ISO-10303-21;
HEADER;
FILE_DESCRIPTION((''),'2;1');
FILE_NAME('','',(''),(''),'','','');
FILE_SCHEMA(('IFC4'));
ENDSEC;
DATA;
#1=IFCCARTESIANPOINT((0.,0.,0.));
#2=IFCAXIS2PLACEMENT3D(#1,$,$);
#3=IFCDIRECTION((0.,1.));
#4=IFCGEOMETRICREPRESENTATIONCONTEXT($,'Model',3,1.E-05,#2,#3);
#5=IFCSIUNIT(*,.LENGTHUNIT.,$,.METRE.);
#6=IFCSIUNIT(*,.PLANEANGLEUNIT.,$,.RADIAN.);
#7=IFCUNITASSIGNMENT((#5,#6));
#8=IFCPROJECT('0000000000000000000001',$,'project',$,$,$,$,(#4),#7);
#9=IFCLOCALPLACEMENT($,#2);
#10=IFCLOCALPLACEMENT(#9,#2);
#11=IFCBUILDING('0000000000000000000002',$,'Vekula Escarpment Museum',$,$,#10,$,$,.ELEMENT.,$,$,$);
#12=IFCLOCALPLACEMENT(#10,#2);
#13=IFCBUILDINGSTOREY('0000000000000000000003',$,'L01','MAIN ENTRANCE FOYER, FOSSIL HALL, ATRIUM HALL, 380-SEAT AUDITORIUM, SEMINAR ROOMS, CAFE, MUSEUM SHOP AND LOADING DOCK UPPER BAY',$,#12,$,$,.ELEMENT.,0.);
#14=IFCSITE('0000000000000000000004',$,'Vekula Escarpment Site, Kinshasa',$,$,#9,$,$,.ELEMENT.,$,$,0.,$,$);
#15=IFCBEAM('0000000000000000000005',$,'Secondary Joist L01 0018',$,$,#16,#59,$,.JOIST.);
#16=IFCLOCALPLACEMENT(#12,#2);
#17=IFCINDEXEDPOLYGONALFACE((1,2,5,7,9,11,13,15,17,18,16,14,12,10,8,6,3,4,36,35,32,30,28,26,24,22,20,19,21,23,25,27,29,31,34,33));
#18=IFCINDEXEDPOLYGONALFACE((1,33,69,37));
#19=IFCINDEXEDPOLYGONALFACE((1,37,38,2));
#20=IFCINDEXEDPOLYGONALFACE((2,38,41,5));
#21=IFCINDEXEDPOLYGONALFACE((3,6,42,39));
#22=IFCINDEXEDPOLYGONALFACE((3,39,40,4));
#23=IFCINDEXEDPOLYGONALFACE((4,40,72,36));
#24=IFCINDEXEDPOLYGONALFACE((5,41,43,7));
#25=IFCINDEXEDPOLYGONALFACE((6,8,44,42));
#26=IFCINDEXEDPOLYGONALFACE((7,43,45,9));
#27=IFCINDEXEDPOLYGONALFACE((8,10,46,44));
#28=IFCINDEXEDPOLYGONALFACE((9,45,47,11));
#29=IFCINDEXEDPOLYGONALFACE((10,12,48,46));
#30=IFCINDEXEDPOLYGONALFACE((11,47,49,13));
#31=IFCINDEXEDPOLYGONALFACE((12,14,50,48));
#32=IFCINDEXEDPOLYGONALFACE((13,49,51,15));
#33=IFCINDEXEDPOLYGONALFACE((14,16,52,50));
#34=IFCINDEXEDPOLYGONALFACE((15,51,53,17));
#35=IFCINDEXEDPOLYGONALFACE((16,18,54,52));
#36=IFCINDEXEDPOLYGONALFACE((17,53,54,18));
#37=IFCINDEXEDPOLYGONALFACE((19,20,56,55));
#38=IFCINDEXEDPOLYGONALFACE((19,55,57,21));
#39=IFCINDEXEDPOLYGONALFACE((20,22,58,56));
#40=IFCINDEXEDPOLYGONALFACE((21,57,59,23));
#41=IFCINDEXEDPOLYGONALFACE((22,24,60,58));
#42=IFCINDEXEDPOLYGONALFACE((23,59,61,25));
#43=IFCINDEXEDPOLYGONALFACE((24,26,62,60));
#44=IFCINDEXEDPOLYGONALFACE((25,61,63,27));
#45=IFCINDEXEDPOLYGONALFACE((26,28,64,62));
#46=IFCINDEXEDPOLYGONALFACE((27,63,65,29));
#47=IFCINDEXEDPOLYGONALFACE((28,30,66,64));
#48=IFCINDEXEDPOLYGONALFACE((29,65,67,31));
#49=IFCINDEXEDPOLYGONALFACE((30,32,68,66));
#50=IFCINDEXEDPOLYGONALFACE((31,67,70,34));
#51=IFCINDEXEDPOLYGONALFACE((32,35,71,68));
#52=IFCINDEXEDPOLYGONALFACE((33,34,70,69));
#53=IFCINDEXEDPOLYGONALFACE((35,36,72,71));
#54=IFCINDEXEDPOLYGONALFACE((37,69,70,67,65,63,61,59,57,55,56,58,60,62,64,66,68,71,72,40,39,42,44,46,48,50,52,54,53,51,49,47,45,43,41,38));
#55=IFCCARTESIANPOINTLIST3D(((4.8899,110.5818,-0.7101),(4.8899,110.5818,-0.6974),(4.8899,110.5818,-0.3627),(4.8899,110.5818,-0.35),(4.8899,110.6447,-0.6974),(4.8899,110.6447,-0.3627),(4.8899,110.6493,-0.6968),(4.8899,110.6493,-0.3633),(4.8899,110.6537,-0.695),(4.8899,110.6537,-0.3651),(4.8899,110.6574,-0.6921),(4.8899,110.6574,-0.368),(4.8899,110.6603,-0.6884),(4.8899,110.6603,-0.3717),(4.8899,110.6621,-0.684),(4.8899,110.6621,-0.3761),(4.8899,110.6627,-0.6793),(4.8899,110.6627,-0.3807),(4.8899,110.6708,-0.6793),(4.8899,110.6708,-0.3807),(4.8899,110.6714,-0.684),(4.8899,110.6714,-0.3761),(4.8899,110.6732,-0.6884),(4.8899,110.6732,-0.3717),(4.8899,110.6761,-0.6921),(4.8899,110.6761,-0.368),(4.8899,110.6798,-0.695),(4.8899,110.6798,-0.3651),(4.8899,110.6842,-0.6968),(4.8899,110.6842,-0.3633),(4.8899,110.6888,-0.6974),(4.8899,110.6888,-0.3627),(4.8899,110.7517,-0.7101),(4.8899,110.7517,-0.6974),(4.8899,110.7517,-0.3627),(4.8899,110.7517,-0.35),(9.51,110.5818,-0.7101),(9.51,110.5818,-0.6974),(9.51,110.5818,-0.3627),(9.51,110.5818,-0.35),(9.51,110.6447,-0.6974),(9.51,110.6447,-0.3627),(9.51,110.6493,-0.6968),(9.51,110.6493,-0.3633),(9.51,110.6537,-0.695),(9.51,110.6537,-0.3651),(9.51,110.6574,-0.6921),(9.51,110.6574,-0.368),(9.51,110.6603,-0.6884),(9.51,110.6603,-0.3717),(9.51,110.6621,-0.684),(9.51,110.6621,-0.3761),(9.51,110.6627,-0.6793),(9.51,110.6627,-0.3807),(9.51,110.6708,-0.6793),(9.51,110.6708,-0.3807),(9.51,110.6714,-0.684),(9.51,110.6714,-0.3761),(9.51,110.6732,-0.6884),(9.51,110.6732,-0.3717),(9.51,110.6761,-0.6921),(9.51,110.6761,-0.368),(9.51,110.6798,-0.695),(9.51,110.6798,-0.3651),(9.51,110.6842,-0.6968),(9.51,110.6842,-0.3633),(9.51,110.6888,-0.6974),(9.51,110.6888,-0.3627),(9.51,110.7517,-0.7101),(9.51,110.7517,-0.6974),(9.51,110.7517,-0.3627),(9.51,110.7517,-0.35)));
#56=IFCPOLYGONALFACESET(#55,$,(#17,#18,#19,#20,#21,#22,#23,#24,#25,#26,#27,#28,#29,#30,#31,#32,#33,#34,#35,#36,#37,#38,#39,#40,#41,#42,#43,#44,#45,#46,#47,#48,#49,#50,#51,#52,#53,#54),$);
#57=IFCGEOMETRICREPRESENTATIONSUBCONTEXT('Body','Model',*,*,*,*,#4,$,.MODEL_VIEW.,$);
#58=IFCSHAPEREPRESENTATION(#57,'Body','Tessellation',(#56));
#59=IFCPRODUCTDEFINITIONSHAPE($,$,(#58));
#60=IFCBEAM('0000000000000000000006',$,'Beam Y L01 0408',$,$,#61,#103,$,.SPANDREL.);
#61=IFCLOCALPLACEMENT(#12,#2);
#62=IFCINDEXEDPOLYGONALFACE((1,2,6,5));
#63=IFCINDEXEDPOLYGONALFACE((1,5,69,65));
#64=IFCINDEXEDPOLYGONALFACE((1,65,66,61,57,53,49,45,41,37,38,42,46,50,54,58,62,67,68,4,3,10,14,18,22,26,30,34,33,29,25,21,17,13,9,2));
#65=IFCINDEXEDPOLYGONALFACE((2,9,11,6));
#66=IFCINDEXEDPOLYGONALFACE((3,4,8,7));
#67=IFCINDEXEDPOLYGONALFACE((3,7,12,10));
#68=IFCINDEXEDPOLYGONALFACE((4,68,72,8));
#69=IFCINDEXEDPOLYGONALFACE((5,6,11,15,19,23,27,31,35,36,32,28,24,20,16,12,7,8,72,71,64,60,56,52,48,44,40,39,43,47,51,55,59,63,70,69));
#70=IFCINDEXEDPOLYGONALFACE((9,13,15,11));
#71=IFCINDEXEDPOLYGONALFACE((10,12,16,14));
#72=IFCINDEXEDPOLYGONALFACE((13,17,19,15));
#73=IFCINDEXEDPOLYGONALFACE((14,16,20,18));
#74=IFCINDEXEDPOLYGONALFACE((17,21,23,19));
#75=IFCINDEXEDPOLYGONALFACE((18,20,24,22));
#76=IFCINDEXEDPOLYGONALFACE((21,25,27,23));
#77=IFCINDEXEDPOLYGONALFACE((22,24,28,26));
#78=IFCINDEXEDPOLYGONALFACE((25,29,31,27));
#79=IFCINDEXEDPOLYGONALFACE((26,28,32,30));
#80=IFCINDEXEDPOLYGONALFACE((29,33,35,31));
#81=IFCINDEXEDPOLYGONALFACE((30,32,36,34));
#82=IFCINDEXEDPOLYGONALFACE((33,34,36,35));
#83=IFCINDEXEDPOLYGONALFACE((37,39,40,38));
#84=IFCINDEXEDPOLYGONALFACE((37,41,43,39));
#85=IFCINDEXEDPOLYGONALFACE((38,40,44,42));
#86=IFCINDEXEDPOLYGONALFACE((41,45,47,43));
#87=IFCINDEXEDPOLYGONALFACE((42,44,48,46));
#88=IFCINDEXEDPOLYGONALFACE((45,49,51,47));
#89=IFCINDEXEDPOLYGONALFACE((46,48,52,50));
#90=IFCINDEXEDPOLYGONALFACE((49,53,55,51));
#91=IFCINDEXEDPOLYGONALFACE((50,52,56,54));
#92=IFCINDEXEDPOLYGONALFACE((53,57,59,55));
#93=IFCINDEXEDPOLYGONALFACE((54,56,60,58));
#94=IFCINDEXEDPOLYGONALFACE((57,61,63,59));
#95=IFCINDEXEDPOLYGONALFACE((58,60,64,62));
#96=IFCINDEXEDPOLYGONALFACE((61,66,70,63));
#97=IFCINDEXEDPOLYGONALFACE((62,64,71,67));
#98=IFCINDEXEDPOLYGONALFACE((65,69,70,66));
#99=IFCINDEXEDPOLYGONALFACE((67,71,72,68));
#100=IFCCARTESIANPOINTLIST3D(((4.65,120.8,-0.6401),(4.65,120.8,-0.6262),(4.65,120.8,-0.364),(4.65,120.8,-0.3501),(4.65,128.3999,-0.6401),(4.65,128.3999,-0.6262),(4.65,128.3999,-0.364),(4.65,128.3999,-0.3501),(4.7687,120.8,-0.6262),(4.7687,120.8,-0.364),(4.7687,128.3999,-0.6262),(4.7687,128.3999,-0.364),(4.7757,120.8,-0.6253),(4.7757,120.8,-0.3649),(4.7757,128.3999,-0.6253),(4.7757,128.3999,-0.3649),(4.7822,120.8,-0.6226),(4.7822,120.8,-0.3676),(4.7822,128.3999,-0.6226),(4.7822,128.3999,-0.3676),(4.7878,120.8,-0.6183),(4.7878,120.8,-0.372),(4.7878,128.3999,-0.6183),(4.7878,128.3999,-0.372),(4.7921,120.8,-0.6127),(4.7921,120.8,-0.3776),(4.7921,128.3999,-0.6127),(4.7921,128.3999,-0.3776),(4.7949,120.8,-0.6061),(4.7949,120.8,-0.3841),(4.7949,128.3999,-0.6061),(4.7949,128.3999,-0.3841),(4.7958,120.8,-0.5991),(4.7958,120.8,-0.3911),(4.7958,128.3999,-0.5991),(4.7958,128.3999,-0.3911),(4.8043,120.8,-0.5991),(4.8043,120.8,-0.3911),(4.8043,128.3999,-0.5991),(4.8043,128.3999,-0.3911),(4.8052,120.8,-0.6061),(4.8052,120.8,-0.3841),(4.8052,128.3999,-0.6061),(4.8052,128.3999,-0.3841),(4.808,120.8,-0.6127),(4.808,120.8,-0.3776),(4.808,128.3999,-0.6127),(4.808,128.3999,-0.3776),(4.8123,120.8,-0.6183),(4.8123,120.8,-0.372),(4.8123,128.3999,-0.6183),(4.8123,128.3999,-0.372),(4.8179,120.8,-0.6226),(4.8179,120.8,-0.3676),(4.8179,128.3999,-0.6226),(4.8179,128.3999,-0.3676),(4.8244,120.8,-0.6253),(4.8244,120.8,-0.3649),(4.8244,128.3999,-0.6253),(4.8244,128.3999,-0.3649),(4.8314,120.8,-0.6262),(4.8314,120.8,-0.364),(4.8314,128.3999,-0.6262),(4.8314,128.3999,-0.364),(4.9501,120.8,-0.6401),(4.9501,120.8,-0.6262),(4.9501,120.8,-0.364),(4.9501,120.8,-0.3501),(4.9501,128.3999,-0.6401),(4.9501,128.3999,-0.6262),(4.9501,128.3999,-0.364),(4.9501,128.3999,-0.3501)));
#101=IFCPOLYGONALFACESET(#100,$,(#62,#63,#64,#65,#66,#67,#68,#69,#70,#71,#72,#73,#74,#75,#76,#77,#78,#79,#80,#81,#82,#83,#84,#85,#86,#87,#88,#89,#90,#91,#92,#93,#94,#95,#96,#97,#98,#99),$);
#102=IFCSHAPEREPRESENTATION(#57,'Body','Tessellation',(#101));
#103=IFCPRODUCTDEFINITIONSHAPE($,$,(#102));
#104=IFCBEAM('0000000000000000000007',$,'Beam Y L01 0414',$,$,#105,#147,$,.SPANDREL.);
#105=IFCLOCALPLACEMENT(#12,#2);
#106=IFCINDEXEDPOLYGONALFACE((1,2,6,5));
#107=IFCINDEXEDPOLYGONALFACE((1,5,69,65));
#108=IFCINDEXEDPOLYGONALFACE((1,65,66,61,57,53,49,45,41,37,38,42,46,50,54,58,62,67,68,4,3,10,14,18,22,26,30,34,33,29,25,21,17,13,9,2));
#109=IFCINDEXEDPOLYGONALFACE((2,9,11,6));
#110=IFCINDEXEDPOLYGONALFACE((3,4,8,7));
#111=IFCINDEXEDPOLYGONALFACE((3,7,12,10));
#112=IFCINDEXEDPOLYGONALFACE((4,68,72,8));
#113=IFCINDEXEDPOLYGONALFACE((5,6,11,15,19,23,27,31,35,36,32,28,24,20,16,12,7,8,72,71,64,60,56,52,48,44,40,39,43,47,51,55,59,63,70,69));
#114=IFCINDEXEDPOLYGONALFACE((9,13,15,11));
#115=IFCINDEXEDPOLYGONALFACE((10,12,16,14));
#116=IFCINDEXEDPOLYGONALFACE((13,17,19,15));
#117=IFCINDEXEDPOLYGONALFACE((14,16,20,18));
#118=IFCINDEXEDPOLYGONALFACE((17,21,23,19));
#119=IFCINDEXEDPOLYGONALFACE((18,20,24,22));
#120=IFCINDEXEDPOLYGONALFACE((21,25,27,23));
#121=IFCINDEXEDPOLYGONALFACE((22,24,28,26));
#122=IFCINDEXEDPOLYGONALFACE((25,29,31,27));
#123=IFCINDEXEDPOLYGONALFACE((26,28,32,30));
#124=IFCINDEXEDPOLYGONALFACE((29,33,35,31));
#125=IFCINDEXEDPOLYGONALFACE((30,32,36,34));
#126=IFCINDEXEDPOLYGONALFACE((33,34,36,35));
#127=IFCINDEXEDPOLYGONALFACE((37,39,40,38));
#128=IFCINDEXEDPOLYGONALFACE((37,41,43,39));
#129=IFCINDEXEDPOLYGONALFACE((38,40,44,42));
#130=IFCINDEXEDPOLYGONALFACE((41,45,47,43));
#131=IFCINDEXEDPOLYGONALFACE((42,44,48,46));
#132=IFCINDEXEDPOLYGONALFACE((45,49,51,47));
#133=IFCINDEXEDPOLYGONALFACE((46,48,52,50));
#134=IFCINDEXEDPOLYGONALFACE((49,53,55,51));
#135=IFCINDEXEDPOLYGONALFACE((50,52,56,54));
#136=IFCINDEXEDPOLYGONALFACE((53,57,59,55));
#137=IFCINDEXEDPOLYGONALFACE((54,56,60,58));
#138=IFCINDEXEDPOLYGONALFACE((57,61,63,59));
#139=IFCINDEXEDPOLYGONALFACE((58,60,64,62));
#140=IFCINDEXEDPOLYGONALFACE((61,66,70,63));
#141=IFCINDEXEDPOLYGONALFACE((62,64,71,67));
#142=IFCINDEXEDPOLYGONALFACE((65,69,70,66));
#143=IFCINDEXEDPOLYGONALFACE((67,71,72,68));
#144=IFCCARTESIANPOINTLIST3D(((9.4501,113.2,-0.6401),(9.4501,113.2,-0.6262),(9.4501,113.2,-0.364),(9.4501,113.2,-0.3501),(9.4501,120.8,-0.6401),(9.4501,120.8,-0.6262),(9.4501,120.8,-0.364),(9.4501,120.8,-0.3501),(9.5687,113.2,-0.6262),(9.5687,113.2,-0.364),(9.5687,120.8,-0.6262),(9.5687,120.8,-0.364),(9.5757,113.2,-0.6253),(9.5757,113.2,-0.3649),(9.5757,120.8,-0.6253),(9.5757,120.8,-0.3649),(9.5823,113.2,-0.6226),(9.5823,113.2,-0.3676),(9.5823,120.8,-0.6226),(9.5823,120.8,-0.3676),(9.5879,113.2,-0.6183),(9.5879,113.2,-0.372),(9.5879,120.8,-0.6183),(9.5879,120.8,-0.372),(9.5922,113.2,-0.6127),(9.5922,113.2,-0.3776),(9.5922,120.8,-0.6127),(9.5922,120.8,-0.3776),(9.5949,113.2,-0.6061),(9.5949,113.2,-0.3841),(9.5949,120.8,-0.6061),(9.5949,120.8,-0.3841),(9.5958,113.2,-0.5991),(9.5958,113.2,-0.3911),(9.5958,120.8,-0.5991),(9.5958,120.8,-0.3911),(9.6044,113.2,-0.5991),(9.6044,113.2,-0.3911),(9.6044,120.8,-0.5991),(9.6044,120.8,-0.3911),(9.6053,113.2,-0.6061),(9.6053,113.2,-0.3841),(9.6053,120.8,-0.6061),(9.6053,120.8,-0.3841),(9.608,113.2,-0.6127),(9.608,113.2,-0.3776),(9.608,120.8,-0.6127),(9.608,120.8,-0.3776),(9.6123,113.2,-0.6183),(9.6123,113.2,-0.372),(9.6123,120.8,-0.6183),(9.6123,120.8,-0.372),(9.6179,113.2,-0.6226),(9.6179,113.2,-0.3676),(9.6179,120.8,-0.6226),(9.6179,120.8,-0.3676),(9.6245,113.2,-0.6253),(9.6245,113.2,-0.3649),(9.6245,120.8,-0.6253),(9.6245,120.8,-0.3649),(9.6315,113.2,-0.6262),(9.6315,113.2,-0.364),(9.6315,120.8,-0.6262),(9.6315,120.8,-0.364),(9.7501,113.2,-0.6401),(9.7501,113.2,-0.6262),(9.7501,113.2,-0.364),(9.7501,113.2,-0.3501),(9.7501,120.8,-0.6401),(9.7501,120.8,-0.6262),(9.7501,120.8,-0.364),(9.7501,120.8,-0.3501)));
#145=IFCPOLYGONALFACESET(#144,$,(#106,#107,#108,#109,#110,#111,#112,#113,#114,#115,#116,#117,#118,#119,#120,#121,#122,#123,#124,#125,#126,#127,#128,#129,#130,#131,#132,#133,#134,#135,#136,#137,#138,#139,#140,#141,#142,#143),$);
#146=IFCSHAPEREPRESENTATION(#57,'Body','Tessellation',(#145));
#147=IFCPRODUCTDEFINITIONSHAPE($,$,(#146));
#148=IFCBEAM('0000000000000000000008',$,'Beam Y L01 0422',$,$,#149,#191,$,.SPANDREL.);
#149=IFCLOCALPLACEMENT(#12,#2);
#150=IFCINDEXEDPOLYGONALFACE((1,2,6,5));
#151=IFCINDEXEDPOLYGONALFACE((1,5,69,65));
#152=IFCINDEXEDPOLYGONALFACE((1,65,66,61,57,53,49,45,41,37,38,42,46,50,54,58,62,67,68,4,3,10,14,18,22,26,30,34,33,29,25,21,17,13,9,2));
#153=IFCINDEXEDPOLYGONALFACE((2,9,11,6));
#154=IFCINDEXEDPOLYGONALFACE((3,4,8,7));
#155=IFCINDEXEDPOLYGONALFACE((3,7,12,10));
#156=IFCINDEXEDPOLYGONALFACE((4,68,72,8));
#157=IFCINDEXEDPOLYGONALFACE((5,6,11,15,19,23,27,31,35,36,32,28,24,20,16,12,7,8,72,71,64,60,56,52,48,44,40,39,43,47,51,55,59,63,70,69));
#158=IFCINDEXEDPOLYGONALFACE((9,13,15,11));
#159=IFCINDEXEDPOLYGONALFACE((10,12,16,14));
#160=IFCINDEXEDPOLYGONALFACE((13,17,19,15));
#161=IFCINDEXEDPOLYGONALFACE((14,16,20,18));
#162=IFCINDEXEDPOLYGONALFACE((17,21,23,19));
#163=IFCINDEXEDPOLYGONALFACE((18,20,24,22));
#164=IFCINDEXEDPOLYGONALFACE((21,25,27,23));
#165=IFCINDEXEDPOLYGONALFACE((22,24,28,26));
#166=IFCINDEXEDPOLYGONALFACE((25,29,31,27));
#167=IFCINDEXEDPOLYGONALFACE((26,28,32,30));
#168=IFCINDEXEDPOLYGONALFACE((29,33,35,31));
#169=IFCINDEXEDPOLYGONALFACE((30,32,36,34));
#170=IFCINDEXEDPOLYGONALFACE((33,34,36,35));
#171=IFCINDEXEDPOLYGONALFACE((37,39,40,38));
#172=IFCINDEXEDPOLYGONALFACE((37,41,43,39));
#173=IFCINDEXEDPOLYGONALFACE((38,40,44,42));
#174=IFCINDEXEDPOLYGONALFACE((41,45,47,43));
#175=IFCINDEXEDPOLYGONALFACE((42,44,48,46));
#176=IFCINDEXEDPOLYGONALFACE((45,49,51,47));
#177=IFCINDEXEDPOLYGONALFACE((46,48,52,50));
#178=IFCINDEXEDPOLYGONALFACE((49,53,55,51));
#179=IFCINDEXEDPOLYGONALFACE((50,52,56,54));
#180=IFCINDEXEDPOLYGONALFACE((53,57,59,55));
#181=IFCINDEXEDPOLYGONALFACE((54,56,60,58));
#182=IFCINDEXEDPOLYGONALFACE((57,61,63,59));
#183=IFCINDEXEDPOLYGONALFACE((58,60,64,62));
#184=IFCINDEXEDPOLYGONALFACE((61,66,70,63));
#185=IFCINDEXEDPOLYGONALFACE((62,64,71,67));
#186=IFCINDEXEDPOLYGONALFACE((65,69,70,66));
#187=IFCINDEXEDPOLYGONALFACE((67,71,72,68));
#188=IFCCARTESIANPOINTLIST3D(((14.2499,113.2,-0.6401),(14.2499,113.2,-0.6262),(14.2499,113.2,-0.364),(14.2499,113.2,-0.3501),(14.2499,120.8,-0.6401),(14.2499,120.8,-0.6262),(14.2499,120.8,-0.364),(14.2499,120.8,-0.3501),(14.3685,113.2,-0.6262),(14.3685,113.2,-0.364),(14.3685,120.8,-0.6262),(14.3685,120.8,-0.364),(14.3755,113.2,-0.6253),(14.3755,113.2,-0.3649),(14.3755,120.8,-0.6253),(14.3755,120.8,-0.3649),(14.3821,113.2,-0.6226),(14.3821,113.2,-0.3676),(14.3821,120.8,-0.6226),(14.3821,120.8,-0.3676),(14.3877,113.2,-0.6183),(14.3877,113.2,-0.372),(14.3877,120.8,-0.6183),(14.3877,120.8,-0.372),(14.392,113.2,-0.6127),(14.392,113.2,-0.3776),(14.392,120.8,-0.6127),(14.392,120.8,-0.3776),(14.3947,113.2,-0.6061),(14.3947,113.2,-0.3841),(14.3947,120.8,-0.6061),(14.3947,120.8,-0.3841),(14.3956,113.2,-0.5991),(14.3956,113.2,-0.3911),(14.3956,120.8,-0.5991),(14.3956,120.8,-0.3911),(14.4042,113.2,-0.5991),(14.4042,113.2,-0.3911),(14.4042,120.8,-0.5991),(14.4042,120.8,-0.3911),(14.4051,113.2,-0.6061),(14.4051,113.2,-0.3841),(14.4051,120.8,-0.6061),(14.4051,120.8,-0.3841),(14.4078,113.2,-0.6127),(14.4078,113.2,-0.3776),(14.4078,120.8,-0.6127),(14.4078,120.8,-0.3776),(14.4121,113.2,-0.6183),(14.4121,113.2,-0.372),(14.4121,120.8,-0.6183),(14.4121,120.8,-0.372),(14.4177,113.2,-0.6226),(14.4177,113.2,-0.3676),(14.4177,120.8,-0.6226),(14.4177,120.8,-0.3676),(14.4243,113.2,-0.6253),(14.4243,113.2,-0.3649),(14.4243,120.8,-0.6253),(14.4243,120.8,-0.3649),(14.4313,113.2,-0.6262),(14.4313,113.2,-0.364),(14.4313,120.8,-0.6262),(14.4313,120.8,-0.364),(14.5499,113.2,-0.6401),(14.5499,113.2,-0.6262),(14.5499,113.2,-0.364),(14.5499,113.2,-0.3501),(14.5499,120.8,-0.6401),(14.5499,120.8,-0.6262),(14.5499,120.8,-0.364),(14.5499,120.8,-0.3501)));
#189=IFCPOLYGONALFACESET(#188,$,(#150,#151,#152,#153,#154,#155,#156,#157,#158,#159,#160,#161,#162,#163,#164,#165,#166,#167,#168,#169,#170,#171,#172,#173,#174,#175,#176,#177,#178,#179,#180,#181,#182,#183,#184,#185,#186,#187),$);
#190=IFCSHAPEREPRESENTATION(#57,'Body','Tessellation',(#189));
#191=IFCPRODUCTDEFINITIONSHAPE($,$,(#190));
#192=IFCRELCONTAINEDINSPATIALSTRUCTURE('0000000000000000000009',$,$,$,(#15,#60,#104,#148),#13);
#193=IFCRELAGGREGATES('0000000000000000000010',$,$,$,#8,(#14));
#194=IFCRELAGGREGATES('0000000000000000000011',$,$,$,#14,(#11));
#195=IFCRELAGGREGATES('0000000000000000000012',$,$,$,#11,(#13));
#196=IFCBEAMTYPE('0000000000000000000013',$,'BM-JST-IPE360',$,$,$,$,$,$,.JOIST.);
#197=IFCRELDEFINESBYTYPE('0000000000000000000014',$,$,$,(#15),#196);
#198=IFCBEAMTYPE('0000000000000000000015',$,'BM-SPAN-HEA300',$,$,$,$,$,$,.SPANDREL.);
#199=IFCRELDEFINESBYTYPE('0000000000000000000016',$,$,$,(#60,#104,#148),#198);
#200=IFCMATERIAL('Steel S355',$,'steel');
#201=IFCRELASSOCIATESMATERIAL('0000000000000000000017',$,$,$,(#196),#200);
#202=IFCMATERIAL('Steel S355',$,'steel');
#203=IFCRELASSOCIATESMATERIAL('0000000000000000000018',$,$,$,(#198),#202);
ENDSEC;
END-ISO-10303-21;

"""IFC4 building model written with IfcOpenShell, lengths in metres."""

from ifc_helpers import new_model, si_unit, direction, frame, origin, origin_2d, place, context, subcontext, project, spatial, i_section, extrude, material, material_profile, profile_set, type_object, element, save


model = new_model("IFC4")

# Units and contexts
model_context = context("Model", 3, precision=1e-05, world=origin(), true_north=direction((0.0, 1.0)))
body_context = subcontext(model_context, "Body", "Model", "MODEL_VIEW")
ifc_project = project(units=[si_unit("LENGTHUNIT", "METRE"), si_unit("PLANEANGLEUNIT", "RADIAN")], contexts=[model_context])

# Site, building, storey
site_placement = place(None, origin())
site = spatial("IfcSite", under=ifc_project, at=site_placement, Name="Vekula Escarpment Site, Kinshasa", CompositionType="ELEMENT", RefElevation=0.0)
building_placement = place(site_placement, origin())
building = spatial("IfcBuilding", under=site, at=building_placement, Name="Vekula Escarpment Museum", CompositionType="ELEMENT")
storey_placement = place(building_placement, origin())
storey = spatial("IfcBuildingStorey", under=building, at=storey_placement, Name="L01", Description="MAIN ENTRANCE FOYER, FOSSIL HALL, ATRIUM HALL, 380-SEAT AUDITORIUM, SEMINAR ROOMS, CAFE, MUSEUM SHOP AND LOADING DOCK UPPER BAY", CompositionType="ELEMENT", Elevation=0.0)

# Beams
ifc_material_1 = material(Name="Steel S355", Category="steel")
ifc_material_profile_1 = material_profile(ifc_material_1, i_section(OverallWidth=0.1699, OverallDepth=0.3601, WebThickness=0.0081, FlangeThickness=0.0127, FilletRadius=0.0181, at=origin_2d()), Name="IPE 360")
ifc_profile_set_1 = profile_set([ifc_material_profile_1], Name="Steel S355")
beam_type_1 = type_object("IfcBeamType", Name="BM-JST-IPE360", PredefinedType="JOIST", material=ifc_profile_set_1)
beam_1_placement = place(storey_placement, frame((4.8899, 110.6667, -0.53), z_axis=(1.0, 0.0, 0.0), x_axis=(0.0, 1.0, 0.0)))
element("IfcBeam", 1, at=beam_1_placement, inside=storey, type_object=beam_type_1, Name="Secondary Joist L01 0018", PredefinedType="JOIST", context=body_context, shape_type="SweptSolid", body=[
    extrude(i_section(OverallWidth=0.1699, OverallDepth=0.3601, WebThickness=0.0081, FlangeThickness=0.0127, FilletRadius=0.0181, at=origin_2d()), origin(), (0.0, 0.0, 1.0), 4.6201),
])
ifc_material_2 = material(Name="Steel S355", Category="steel")
ifc_material_profile_2 = material_profile(ifc_material_2, i_section(OverallWidth=0.3, OverallDepth=0.29, WebThickness=0.0085, FlangeThickness=0.0139, FilletRadius=0.0271, at=origin_2d()), Name="HEA 300")
ifc_profile_set_2 = profile_set([ifc_material_profile_2], Name="Steel S355")
beam_type_2 = type_object("IfcBeamType", Name="BM-SPAN-HEA300", PredefinedType="SPANDREL", material=ifc_profile_set_2)
beam_2_placement = place(storey_placement, frame((4.8, 120.8, -0.4951), z_axis=(0.0, 1.0, 0.0), x_axis=(-1.0, 0.0, 0.0)))
element("IfcBeam", 2, at=beam_2_placement, inside=storey, type_object=beam_type_2, Name="Beam Y L01 0408", PredefinedType="SPANDREL", context=body_context, shape_type="SweptSolid", body=[
    extrude(i_section(OverallWidth=0.3, OverallDepth=0.29, WebThickness=0.0085, FlangeThickness=0.0139, FilletRadius=0.0271, at=origin_2d()), origin(), (0.0, 0.0, 1.0), 7.5999),
])
for number, where, z_axis, x_axis, name in (
    (3, (9.6001, 113.2, -0.4951), (0.0, 1.0, 0.0), (-1.0, 0.0, 0.0), "Beam Y L01 0414"),
    (4, (14.3999, 113.2, -0.4951), (0.0, 1.0, 0.0), (-1.0, 0.0, 0.0), "Beam Y L01 0422"),
):
    element("IfcBeam", number, at=place(storey_placement, frame(where, z_axis=z_axis, x_axis=x_axis)), inside=storey, type_object=beam_type_2, Name=name, PredefinedType="SPANDREL", context=body_context, shape_type="SweptSolid", body=[
        extrude(i_section(OverallWidth=0.3, OverallDepth=0.29, WebThickness=0.0085, FlangeThickness=0.0139, FilletRadius=0.0271, at=origin_2d()), origin(), (0.0, 0.0, 1.0), 7.6001),
    ])

save(model, "model.ifc")
